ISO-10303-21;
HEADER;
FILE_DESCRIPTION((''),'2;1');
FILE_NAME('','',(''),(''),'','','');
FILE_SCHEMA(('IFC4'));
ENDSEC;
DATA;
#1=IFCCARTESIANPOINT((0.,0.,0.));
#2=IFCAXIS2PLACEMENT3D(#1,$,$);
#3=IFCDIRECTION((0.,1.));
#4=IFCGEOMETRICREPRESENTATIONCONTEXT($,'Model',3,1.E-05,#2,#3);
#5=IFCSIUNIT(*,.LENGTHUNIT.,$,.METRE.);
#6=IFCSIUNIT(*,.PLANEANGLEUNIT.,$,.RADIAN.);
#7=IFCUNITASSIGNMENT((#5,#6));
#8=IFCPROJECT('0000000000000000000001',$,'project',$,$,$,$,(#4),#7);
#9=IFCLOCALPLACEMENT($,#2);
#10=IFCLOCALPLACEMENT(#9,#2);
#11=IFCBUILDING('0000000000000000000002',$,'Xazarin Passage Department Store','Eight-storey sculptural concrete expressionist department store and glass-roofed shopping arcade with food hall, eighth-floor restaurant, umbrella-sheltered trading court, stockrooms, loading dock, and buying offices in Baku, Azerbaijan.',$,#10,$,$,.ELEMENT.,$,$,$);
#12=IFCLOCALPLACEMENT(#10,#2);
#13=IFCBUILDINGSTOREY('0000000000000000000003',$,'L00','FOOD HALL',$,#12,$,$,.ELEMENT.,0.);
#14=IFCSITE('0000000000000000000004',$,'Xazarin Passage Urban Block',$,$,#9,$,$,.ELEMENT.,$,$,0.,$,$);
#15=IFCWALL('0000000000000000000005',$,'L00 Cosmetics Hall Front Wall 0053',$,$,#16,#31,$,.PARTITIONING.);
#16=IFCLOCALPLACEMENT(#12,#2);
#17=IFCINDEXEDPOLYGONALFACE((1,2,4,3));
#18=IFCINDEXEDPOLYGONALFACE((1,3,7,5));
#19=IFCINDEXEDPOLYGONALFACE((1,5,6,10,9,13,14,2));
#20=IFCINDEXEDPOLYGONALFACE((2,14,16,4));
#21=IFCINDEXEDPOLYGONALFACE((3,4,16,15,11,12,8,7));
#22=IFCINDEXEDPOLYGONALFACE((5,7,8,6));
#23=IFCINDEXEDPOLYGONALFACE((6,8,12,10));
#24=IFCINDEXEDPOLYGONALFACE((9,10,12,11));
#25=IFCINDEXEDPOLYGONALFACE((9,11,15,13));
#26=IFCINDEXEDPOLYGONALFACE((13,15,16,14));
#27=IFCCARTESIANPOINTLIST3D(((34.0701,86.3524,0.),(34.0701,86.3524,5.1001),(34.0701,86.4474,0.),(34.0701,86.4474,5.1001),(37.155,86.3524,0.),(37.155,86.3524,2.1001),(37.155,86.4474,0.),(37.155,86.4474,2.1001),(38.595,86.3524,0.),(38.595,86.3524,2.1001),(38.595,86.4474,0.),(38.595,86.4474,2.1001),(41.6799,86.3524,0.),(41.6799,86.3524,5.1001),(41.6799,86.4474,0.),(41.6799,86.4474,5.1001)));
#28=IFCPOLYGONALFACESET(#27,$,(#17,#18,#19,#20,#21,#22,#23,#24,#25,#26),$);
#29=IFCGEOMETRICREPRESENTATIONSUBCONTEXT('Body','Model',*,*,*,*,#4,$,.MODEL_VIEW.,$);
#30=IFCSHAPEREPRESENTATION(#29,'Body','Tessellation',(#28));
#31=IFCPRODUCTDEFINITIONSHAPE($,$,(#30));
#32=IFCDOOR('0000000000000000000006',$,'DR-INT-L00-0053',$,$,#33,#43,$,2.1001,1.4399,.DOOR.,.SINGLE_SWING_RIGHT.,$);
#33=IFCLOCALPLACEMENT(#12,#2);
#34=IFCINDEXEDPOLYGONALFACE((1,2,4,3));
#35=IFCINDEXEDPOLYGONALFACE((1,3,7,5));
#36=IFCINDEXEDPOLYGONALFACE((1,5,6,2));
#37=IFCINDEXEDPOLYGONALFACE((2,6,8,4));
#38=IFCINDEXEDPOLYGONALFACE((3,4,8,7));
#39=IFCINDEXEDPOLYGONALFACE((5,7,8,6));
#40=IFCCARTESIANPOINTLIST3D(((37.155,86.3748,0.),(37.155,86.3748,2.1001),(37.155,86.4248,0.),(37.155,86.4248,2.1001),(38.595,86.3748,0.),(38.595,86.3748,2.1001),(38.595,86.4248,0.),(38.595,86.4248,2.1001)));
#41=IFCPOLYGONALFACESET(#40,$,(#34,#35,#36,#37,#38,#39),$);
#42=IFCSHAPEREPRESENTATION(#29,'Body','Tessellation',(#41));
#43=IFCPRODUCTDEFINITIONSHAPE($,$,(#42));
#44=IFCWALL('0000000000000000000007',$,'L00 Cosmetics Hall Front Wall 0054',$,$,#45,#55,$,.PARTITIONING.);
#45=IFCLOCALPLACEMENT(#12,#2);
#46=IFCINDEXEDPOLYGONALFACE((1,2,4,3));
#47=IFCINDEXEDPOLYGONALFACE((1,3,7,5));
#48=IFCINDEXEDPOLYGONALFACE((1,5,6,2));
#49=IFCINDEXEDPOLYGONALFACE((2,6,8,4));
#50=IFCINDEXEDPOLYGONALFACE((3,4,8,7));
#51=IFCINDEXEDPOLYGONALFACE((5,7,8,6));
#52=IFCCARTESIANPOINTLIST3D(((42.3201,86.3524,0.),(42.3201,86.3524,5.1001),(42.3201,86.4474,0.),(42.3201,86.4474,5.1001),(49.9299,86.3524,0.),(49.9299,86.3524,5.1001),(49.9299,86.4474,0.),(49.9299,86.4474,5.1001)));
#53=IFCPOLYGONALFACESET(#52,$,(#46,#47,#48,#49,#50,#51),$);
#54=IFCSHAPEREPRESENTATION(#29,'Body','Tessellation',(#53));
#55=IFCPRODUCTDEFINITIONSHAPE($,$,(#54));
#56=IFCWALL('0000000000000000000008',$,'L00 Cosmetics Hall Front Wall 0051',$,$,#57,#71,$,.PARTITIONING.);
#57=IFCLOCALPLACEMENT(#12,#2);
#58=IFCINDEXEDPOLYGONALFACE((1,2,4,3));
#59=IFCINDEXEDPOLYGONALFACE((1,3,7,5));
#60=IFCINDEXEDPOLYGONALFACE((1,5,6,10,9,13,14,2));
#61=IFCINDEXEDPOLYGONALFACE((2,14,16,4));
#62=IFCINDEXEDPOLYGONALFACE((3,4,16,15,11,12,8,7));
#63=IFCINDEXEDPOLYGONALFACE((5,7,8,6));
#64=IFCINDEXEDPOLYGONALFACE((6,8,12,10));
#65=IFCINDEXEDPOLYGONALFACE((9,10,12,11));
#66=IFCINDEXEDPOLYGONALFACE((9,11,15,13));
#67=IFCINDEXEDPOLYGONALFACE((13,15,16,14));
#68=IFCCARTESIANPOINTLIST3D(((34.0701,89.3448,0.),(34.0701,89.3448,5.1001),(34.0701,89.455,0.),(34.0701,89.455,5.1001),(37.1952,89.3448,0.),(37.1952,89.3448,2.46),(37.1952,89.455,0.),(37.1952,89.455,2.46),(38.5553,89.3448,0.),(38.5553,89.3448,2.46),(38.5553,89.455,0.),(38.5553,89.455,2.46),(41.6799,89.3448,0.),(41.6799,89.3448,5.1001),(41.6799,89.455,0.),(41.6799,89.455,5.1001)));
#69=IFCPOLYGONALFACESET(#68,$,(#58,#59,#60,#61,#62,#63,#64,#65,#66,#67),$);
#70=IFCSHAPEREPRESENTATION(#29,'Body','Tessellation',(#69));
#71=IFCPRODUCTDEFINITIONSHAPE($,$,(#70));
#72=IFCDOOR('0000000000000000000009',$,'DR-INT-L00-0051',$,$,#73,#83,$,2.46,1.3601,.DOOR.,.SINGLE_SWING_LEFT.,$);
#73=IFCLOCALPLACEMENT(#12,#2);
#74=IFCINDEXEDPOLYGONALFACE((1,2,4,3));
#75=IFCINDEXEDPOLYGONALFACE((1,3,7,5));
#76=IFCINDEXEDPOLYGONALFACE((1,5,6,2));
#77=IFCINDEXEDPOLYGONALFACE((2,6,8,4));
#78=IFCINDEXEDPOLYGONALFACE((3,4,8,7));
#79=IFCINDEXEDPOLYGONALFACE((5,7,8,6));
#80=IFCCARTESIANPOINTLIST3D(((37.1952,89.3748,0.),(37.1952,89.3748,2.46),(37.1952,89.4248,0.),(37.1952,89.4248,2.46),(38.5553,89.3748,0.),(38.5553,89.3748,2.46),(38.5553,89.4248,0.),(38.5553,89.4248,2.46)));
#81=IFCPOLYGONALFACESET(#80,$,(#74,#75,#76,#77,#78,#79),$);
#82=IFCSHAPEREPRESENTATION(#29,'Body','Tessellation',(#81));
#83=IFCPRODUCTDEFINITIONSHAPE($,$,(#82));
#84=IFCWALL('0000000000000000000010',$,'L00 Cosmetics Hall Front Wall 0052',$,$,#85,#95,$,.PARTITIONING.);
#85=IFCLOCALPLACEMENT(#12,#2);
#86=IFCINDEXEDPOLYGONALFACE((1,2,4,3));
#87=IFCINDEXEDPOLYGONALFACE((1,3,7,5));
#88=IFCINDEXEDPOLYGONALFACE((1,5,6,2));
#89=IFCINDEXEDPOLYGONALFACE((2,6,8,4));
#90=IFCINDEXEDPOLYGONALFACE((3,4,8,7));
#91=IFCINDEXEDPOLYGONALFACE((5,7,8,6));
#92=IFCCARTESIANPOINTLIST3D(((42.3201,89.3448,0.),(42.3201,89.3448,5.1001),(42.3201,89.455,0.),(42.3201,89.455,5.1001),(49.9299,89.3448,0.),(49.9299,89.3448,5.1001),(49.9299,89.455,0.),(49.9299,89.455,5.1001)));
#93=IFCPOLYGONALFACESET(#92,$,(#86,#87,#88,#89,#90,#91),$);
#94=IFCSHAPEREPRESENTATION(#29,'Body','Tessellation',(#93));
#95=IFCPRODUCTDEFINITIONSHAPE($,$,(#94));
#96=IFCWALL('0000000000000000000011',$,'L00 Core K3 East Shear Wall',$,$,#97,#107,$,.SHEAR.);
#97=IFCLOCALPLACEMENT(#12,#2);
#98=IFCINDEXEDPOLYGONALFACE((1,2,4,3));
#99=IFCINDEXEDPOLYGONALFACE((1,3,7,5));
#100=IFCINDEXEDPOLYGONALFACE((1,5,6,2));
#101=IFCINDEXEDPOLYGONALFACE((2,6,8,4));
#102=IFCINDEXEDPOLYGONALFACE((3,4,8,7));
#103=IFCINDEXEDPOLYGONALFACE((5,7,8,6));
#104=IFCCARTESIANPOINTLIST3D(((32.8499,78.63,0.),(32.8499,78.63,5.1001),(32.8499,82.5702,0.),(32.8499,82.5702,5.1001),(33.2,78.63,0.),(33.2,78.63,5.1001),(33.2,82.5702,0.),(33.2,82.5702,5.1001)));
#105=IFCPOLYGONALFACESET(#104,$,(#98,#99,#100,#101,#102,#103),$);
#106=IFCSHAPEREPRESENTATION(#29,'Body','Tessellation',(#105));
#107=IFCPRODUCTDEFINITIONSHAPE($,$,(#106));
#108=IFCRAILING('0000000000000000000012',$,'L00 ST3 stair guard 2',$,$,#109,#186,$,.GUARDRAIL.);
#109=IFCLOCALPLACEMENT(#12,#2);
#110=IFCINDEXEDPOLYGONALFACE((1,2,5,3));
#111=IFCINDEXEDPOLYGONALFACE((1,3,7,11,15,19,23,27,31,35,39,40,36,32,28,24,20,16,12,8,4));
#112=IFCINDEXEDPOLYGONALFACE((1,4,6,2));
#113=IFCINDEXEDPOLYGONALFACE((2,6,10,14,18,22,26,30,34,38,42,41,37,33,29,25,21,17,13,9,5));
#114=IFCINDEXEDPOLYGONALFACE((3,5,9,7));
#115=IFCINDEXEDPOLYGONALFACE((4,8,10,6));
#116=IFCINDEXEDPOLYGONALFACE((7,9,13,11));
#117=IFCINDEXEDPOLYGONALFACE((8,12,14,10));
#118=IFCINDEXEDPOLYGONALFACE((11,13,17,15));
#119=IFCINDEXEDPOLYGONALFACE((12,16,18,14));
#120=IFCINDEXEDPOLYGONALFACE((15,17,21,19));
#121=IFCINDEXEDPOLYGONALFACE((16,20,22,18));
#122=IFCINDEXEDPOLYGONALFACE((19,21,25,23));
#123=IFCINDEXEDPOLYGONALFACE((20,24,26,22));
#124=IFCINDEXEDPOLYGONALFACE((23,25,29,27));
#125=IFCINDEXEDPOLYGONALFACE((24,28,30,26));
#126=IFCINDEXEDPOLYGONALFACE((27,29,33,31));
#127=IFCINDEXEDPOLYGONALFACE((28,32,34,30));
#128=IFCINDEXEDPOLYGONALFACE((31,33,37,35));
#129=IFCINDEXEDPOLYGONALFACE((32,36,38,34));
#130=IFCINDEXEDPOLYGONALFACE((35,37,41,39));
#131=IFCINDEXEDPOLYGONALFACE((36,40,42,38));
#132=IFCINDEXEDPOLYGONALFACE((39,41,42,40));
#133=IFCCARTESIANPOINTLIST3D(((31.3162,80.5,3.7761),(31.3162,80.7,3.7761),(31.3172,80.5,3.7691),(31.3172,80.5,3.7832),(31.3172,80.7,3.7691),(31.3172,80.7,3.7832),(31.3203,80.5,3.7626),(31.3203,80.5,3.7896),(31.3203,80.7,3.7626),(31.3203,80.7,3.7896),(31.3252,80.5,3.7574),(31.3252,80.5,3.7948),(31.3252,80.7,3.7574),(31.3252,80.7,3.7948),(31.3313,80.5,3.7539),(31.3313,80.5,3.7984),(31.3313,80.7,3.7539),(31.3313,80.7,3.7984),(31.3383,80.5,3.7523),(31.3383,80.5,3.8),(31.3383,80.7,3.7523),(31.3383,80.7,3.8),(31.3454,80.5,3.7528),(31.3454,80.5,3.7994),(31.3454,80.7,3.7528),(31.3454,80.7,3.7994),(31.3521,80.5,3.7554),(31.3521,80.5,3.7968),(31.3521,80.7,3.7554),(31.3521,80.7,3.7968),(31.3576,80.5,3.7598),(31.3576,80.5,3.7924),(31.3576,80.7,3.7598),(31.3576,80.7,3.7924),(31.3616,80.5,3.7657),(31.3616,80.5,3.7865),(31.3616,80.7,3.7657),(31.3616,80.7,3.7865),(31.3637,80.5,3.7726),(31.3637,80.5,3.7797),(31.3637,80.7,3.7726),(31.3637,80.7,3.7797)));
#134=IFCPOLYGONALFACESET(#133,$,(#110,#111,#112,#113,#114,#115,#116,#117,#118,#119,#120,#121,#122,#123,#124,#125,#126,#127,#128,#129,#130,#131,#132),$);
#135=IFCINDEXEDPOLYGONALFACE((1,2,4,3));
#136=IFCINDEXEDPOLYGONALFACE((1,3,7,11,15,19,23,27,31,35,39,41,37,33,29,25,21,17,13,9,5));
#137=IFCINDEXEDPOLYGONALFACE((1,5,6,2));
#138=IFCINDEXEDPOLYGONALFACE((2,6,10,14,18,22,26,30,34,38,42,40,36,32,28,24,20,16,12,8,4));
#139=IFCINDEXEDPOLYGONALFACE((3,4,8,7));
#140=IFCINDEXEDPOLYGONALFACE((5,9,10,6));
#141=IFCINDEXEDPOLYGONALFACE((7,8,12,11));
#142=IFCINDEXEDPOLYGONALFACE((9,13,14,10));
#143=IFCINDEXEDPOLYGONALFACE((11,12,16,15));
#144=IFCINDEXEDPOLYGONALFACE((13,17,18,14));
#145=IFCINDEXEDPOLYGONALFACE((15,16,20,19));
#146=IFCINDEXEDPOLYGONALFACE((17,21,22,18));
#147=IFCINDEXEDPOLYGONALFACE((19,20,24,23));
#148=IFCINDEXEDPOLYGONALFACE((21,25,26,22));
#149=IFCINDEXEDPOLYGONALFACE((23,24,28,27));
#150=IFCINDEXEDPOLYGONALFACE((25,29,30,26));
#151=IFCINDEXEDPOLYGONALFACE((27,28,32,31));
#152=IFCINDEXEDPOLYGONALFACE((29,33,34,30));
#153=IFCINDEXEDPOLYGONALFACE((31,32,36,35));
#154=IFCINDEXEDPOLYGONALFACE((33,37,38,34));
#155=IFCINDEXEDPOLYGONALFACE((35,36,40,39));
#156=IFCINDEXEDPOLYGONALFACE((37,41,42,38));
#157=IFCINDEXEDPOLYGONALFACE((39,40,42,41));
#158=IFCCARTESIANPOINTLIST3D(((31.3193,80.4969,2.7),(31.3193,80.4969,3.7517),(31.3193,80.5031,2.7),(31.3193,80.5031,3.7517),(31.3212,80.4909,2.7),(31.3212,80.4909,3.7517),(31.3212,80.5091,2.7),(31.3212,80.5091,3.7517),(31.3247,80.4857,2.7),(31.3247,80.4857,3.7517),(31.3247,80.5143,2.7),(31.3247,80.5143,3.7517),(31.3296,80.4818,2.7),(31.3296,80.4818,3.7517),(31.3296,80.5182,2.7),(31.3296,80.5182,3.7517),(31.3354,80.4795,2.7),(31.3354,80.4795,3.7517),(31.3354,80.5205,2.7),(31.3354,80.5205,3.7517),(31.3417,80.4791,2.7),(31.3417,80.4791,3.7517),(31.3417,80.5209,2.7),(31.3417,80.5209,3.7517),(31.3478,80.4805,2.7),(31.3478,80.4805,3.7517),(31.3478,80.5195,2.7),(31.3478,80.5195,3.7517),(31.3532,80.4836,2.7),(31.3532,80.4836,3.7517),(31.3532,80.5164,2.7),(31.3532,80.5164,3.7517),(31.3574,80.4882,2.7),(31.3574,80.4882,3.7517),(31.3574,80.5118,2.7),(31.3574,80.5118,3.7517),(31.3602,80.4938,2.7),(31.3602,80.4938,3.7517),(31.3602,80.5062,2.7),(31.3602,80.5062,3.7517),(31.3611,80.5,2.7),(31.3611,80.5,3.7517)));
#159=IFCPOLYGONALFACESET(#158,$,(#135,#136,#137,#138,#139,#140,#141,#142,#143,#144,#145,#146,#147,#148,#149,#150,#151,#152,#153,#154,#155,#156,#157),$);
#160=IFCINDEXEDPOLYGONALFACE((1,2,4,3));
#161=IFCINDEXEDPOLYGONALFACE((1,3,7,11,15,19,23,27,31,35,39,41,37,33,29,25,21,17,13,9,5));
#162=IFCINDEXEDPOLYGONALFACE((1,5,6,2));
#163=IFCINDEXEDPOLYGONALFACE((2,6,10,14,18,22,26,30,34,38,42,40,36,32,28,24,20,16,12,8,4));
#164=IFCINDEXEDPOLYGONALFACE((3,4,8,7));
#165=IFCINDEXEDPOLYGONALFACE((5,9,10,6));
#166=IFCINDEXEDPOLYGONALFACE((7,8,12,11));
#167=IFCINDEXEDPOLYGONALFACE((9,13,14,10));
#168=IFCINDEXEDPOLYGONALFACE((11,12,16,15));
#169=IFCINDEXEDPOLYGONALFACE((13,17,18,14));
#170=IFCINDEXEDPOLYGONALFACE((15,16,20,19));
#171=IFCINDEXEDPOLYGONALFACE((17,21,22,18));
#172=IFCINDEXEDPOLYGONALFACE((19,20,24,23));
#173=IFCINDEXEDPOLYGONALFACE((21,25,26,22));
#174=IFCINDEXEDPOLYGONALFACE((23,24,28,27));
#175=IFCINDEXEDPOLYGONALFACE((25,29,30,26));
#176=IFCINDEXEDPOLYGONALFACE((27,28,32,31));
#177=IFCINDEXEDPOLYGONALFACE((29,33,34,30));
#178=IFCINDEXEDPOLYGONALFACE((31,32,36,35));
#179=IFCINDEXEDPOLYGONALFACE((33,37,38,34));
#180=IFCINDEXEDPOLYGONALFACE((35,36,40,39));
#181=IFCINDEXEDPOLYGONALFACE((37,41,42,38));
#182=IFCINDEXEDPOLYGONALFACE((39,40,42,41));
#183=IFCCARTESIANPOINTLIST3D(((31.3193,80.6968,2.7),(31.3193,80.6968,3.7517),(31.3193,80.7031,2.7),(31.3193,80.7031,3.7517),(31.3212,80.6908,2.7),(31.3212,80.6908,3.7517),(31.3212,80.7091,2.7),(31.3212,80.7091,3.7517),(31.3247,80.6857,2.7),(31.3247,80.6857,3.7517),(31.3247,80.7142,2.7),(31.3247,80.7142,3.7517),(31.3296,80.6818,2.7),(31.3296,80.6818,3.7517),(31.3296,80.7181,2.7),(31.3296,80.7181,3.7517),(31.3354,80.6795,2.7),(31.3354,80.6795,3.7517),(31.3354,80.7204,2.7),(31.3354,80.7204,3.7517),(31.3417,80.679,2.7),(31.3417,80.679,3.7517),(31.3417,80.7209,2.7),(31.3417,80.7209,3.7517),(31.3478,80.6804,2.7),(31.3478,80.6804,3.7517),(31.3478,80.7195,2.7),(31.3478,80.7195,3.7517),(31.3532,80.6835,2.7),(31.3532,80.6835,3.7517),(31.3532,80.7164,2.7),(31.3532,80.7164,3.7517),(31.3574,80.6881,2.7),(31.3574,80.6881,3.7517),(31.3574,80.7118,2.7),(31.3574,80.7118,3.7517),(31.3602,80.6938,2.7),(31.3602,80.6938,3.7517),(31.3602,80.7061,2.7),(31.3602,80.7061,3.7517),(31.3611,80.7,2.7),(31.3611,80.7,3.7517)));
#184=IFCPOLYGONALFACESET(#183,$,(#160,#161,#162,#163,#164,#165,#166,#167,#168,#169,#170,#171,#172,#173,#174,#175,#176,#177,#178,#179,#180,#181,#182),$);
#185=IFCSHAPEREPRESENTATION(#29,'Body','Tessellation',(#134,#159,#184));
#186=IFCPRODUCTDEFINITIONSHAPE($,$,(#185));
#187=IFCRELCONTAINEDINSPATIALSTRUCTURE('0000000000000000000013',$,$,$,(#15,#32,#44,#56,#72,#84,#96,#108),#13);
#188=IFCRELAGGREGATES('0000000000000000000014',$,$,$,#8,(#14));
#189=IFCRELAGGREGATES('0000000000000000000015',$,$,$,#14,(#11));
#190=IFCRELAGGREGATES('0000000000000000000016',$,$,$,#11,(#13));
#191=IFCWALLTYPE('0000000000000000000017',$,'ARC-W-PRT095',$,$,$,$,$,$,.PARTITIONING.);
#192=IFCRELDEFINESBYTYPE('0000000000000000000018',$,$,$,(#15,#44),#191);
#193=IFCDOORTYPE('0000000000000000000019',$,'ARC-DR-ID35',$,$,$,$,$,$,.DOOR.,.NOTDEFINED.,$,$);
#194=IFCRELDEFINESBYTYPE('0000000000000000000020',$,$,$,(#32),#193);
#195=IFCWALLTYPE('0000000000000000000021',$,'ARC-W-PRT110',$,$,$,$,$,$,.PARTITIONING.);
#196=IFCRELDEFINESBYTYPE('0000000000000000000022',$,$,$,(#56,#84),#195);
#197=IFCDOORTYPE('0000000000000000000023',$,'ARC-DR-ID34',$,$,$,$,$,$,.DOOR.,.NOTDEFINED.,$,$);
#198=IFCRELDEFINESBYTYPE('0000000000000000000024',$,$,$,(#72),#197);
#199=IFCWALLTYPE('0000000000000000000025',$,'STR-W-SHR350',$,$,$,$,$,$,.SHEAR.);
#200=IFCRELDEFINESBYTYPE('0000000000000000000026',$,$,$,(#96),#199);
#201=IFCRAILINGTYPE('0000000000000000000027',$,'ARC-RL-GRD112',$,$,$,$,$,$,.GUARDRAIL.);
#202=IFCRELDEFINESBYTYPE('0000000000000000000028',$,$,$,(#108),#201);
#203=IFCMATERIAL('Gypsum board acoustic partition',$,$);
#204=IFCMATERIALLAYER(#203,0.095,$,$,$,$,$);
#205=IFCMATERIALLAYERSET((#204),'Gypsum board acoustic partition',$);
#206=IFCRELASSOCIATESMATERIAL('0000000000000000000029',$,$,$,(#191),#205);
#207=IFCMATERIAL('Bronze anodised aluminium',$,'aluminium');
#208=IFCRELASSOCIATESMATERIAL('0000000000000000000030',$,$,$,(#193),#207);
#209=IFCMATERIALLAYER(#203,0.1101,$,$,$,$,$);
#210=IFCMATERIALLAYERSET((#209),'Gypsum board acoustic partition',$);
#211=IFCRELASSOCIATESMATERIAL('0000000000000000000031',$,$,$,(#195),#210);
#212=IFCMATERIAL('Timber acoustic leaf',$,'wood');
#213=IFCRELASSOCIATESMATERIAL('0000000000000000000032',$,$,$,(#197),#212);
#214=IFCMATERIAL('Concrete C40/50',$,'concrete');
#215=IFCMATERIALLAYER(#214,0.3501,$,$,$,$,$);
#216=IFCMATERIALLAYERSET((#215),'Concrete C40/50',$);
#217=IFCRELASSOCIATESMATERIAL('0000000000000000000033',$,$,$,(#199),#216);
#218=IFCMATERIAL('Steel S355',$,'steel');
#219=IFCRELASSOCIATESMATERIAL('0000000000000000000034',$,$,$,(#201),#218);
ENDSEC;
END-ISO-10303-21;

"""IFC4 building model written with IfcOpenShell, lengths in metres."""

from ifc_helpers import new_model, si_unit, direction, frame, frame_2d, origin, origin_2d, place, context, subcontext, project, spatial, rectangle, circle, extrude, material, layer, layer_set, type_object, element, fill, save


model = new_model("IFC4")

# Units and contexts
model_context = context("Model", 3, precision=1e-05, world=origin(), true_north=direction((0.0, 1.0)))
body_context = subcontext(model_context, "Body", "Model", "MODEL_VIEW")
ifc_project = project(units=[si_unit("LENGTHUNIT", "METRE"), si_unit("PLANEANGLEUNIT", "RADIAN")], contexts=[model_context])

# Site, building, storey
site_placement = place(None, origin())
site = spatial("IfcSite", under=ifc_project, at=site_placement, Name="Xazarin Passage Urban Block", CompositionType="ELEMENT", RefElevation=0.0)
building_placement = place(site_placement, origin())
building = spatial("IfcBuilding", under=site, at=building_placement, Name="Xazarin Passage Department Store", Description="Eight-storey sculptural concrete expressionist department store and glass-roofed shopping arcade with food hall, eighth-floor restaurant, umbrella-sheltered trading court, stockrooms, loading dock, and buying offices in Baku, Azerbaijan.", CompositionType="ELEMENT")
storey_placement = place(building_placement, origin())
storey = spatial("IfcBuildingStorey", under=building, at=storey_placement, Name="L00", Description="FOOD HALL", CompositionType="ELEMENT", Elevation=0.0)

# Shared definitions
ifc_material_1 = material(Name="Concrete C40/50", Category="concrete")

# Wall, opening, door
ifc_material_2 = material(Name="Gypsum board acoustic partition")
ifc_layer_1 = layer(ifc_material_2, 0.095)
ifc_layer_set_1 = layer_set([ifc_layer_1], Name="Gypsum board acoustic partition")
wall_type_1 = type_object("IfcWallType", Name="ARC-W-PRT095", PredefinedType="PARTITIONING", material=ifc_layer_set_1)
wall_1_placement = place(storey_placement, frame((34.0701, 86.3999, 0.0), z_axis=(0.0, 0.0, 1.0), x_axis=(1.0, 0.0, 0.0)))
wall_1 = element("IfcWall", 1, at=wall_1_placement, inside=storey, type_object=wall_type_1, Name="L00 Cosmetics Hall Front Wall 0053", PredefinedType="PARTITIONING", context=body_context, shape_type="SweptSolid", body=[
    extrude(rectangle(XDim=7.6099, YDim=0.095, at=frame_2d((3.8049, 0.0))), origin(), (0.0, 0.0, 1.0), 5.1001),
])
opening_1_placement = place(wall_1_placement, frame((3.085, 0.0, 0.0)))
opening_1 = element("IfcOpeningElement", 2, at=opening_1_placement, cuts=wall_1, PredefinedType="OPENING", context=body_context, shape_type="SweptSolid", body=[
    extrude(rectangle(XDim=1.4399, YDim=2.1001, at=frame_2d((0.72, 1.05))), frame((0.0, 0.0574, 0.0), z_axis=(0.0, -1.0, 0.0), x_axis=(1.0, 0.0, 0.0)), (0.0, 0.0, 1.0), 0.115),
])
ifc_material_3 = material(Name="Bronze anodised aluminium", Category="aluminium")
door_type_1 = type_object("IfcDoorType", Name="ARC-DR-ID35", OperationType="NOTDEFINED", PredefinedType="DOOR", material=ifc_material_3)
door_1_placement = place(opening_1_placement, origin())
door_1 = element("IfcDoor", 3, at=door_1_placement, inside=storey, type_object=door_type_1, Name="DR-INT-L00-0053", OperationType="SINGLE_SWING_RIGHT", OverallHeight=2.1001, OverallWidth=1.4399, PredefinedType="DOOR", context=body_context, shape_type="SweptSolid", body=[
    extrude(rectangle(XDim=1.4399, YDim=2.1001, at=frame_2d((0.72, 1.05))), frame((0.0, 0.0249, 0.0), z_axis=(0.0, -1.0, 0.0), x_axis=(1.0, 0.0, 0.0)), (0.0, 0.0, 1.0), 0.05),
])
fill(opening_1, door_1)

# Wall
wall_2_placement = place(storey_placement, frame((42.3201, 86.3999, 0.0), z_axis=(0.0, 0.0, 1.0), x_axis=(1.0, 0.0, 0.0)))
element("IfcWall", 4, at=wall_2_placement, inside=storey, type_object=wall_type_1, Name="L00 Cosmetics Hall Front Wall 0054", PredefinedType="PARTITIONING", context=body_context, shape_type="SweptSolid", body=[
    extrude(rectangle(XDim=7.6099, YDim=0.095, at=frame_2d((3.8049, 0.0))), origin(), (0.0, 0.0, 1.0), 5.1001),
])

# Wall, opening, door
ifc_layer_2 = layer(ifc_material_2, 0.1101)
ifc_layer_set_2 = layer_set([ifc_layer_2], Name="Gypsum board acoustic partition")
wall_type_2 = type_object("IfcWallType", Name="ARC-W-PRT110", PredefinedType="PARTITIONING", material=ifc_layer_set_2)
wall_3_placement = place(storey_placement, frame((34.0701, 89.3999, 0.0), z_axis=(0.0, 0.0, 1.0), x_axis=(1.0, 0.0, 0.0)))
wall_3 = element("IfcWall", 5, at=wall_3_placement, inside=storey, type_object=wall_type_2, Name="L00 Cosmetics Hall Front Wall 0051", PredefinedType="PARTITIONING", context=body_context, shape_type="SweptSolid", body=[
    extrude(rectangle(XDim=7.6099, YDim=0.1101, at=frame_2d((3.8049, 0.0))), origin(), (0.0, 0.0, 1.0), 5.1001),
])
opening_2_placement = place(wall_3_placement, frame((3.125, 0.0, 0.0)))
opening_2 = element("IfcOpeningElement", 6, at=opening_2_placement, cuts=wall_3, PredefinedType="OPENING", context=body_context, shape_type="SweptSolid", body=[
    extrude(rectangle(XDim=1.3601, YDim=2.46, at=frame_2d((0.6802, 1.23))), frame((0.0, 0.0649, 0.0), z_axis=(0.0, -1.0, 0.0), x_axis=(1.0, 0.0, 0.0)), (0.0, 0.0, 1.0), 0.1301),
])
ifc_material_4 = material(Name="Timber acoustic leaf", Category="wood")
door_type_2 = type_object("IfcDoorType", Name="ARC-DR-ID34", OperationType="NOTDEFINED", PredefinedType="DOOR", material=ifc_material_4)
door_2_placement = place(opening_2_placement, origin())
door_2 = element("IfcDoor", 7, at=door_2_placement, inside=storey, type_object=door_type_2, Name="DR-INT-L00-0051", OperationType="SINGLE_SWING_LEFT", OverallHeight=2.46, OverallWidth=1.3601, PredefinedType="DOOR", context=body_context, shape_type="SweptSolid", body=[
    extrude(rectangle(XDim=1.3601, YDim=2.46, at=frame_2d((0.6802, 1.23))), frame((0.0, 0.0249, 0.0), z_axis=(0.0, -1.0, 0.0), x_axis=(1.0, 0.0, 0.0)), (0.0, 0.0, 1.0), 0.05),
])
fill(opening_2, door_2)

# Walls
wall_4_placement = place(storey_placement, frame((42.3201, 89.3999, 0.0), z_axis=(0.0, 0.0, 1.0), x_axis=(1.0, 0.0, 0.0)))
element("IfcWall", 8, at=wall_4_placement, inside=storey, type_object=wall_type_2, Name="L00 Cosmetics Hall Front Wall 0052", PredefinedType="PARTITIONING", context=body_context, shape_type="SweptSolid", body=[
    extrude(rectangle(XDim=7.6099, YDim=0.1101, at=frame_2d((3.8049, 0.0))), origin(), (0.0, 0.0, 1.0), 5.1001),
])
ifc_layer_3 = layer(ifc_material_1, 0.3501)
ifc_layer_set_3 = layer_set([ifc_layer_3], Name="Concrete C40/50")
wall_type_3 = type_object("IfcWallType", Name="STR-W-SHR350", PredefinedType="SHEAR", material=ifc_layer_set_3)
wall_5_placement = place(storey_placement, frame((33.0249, 78.6299, 0.0), z_axis=(0.0, 0.0, 1.0), x_axis=(0.0, 1.0, 0.0)))
element("IfcWall", 9, at=wall_5_placement, inside=storey, type_object=wall_type_3, Name="L00 Core K3 East Shear Wall", PredefinedType="SHEAR", context=body_context, shape_type="SweptSolid", body=[
    extrude(rectangle(XDim=3.9402, YDim=0.3501, at=frame_2d((1.9702, 0.0))), origin(), (0.0, 0.0, 1.0), 5.1001),
])

# Railing
ifc_material_5 = material(Name="Steel S355", Category="steel")
railing_type = type_object("IfcRailingType", Name="ARC-RL-GRD112", PredefinedType="GUARDRAIL", material=ifc_material_5)
railing_placement = place(storey_placement, frame((31.3401, 80.5, 2.7)))
element("IfcRailing", 10, at=railing_placement, inside=storey, type_object=railing_type, Name="L00 ST3 stair guard 2", PredefinedType="GUARDRAIL", context=body_context, shape_type="SweptSolid", body=[
    extrude(circle(Radius=0.0239, at=origin_2d()), frame((0.0, 0.0, 1.0762), z_axis=(0.0, 1.0, 0.0), x_axis=(-1.0, 0.0, 0.0)), (0.0, 0.0, 1.0), 0.2),
    extrude(circle(Radius=0.021, at=origin_2d()), origin(), (0.0, 0.0, 1.0), 1.0518),
    extrude(circle(Radius=0.021, at=origin_2d()), frame((0.0, 0.2, 0.0)), (0.0, 0.0, 1.0), 1.0518),
])

save(model, "model.ifc")
